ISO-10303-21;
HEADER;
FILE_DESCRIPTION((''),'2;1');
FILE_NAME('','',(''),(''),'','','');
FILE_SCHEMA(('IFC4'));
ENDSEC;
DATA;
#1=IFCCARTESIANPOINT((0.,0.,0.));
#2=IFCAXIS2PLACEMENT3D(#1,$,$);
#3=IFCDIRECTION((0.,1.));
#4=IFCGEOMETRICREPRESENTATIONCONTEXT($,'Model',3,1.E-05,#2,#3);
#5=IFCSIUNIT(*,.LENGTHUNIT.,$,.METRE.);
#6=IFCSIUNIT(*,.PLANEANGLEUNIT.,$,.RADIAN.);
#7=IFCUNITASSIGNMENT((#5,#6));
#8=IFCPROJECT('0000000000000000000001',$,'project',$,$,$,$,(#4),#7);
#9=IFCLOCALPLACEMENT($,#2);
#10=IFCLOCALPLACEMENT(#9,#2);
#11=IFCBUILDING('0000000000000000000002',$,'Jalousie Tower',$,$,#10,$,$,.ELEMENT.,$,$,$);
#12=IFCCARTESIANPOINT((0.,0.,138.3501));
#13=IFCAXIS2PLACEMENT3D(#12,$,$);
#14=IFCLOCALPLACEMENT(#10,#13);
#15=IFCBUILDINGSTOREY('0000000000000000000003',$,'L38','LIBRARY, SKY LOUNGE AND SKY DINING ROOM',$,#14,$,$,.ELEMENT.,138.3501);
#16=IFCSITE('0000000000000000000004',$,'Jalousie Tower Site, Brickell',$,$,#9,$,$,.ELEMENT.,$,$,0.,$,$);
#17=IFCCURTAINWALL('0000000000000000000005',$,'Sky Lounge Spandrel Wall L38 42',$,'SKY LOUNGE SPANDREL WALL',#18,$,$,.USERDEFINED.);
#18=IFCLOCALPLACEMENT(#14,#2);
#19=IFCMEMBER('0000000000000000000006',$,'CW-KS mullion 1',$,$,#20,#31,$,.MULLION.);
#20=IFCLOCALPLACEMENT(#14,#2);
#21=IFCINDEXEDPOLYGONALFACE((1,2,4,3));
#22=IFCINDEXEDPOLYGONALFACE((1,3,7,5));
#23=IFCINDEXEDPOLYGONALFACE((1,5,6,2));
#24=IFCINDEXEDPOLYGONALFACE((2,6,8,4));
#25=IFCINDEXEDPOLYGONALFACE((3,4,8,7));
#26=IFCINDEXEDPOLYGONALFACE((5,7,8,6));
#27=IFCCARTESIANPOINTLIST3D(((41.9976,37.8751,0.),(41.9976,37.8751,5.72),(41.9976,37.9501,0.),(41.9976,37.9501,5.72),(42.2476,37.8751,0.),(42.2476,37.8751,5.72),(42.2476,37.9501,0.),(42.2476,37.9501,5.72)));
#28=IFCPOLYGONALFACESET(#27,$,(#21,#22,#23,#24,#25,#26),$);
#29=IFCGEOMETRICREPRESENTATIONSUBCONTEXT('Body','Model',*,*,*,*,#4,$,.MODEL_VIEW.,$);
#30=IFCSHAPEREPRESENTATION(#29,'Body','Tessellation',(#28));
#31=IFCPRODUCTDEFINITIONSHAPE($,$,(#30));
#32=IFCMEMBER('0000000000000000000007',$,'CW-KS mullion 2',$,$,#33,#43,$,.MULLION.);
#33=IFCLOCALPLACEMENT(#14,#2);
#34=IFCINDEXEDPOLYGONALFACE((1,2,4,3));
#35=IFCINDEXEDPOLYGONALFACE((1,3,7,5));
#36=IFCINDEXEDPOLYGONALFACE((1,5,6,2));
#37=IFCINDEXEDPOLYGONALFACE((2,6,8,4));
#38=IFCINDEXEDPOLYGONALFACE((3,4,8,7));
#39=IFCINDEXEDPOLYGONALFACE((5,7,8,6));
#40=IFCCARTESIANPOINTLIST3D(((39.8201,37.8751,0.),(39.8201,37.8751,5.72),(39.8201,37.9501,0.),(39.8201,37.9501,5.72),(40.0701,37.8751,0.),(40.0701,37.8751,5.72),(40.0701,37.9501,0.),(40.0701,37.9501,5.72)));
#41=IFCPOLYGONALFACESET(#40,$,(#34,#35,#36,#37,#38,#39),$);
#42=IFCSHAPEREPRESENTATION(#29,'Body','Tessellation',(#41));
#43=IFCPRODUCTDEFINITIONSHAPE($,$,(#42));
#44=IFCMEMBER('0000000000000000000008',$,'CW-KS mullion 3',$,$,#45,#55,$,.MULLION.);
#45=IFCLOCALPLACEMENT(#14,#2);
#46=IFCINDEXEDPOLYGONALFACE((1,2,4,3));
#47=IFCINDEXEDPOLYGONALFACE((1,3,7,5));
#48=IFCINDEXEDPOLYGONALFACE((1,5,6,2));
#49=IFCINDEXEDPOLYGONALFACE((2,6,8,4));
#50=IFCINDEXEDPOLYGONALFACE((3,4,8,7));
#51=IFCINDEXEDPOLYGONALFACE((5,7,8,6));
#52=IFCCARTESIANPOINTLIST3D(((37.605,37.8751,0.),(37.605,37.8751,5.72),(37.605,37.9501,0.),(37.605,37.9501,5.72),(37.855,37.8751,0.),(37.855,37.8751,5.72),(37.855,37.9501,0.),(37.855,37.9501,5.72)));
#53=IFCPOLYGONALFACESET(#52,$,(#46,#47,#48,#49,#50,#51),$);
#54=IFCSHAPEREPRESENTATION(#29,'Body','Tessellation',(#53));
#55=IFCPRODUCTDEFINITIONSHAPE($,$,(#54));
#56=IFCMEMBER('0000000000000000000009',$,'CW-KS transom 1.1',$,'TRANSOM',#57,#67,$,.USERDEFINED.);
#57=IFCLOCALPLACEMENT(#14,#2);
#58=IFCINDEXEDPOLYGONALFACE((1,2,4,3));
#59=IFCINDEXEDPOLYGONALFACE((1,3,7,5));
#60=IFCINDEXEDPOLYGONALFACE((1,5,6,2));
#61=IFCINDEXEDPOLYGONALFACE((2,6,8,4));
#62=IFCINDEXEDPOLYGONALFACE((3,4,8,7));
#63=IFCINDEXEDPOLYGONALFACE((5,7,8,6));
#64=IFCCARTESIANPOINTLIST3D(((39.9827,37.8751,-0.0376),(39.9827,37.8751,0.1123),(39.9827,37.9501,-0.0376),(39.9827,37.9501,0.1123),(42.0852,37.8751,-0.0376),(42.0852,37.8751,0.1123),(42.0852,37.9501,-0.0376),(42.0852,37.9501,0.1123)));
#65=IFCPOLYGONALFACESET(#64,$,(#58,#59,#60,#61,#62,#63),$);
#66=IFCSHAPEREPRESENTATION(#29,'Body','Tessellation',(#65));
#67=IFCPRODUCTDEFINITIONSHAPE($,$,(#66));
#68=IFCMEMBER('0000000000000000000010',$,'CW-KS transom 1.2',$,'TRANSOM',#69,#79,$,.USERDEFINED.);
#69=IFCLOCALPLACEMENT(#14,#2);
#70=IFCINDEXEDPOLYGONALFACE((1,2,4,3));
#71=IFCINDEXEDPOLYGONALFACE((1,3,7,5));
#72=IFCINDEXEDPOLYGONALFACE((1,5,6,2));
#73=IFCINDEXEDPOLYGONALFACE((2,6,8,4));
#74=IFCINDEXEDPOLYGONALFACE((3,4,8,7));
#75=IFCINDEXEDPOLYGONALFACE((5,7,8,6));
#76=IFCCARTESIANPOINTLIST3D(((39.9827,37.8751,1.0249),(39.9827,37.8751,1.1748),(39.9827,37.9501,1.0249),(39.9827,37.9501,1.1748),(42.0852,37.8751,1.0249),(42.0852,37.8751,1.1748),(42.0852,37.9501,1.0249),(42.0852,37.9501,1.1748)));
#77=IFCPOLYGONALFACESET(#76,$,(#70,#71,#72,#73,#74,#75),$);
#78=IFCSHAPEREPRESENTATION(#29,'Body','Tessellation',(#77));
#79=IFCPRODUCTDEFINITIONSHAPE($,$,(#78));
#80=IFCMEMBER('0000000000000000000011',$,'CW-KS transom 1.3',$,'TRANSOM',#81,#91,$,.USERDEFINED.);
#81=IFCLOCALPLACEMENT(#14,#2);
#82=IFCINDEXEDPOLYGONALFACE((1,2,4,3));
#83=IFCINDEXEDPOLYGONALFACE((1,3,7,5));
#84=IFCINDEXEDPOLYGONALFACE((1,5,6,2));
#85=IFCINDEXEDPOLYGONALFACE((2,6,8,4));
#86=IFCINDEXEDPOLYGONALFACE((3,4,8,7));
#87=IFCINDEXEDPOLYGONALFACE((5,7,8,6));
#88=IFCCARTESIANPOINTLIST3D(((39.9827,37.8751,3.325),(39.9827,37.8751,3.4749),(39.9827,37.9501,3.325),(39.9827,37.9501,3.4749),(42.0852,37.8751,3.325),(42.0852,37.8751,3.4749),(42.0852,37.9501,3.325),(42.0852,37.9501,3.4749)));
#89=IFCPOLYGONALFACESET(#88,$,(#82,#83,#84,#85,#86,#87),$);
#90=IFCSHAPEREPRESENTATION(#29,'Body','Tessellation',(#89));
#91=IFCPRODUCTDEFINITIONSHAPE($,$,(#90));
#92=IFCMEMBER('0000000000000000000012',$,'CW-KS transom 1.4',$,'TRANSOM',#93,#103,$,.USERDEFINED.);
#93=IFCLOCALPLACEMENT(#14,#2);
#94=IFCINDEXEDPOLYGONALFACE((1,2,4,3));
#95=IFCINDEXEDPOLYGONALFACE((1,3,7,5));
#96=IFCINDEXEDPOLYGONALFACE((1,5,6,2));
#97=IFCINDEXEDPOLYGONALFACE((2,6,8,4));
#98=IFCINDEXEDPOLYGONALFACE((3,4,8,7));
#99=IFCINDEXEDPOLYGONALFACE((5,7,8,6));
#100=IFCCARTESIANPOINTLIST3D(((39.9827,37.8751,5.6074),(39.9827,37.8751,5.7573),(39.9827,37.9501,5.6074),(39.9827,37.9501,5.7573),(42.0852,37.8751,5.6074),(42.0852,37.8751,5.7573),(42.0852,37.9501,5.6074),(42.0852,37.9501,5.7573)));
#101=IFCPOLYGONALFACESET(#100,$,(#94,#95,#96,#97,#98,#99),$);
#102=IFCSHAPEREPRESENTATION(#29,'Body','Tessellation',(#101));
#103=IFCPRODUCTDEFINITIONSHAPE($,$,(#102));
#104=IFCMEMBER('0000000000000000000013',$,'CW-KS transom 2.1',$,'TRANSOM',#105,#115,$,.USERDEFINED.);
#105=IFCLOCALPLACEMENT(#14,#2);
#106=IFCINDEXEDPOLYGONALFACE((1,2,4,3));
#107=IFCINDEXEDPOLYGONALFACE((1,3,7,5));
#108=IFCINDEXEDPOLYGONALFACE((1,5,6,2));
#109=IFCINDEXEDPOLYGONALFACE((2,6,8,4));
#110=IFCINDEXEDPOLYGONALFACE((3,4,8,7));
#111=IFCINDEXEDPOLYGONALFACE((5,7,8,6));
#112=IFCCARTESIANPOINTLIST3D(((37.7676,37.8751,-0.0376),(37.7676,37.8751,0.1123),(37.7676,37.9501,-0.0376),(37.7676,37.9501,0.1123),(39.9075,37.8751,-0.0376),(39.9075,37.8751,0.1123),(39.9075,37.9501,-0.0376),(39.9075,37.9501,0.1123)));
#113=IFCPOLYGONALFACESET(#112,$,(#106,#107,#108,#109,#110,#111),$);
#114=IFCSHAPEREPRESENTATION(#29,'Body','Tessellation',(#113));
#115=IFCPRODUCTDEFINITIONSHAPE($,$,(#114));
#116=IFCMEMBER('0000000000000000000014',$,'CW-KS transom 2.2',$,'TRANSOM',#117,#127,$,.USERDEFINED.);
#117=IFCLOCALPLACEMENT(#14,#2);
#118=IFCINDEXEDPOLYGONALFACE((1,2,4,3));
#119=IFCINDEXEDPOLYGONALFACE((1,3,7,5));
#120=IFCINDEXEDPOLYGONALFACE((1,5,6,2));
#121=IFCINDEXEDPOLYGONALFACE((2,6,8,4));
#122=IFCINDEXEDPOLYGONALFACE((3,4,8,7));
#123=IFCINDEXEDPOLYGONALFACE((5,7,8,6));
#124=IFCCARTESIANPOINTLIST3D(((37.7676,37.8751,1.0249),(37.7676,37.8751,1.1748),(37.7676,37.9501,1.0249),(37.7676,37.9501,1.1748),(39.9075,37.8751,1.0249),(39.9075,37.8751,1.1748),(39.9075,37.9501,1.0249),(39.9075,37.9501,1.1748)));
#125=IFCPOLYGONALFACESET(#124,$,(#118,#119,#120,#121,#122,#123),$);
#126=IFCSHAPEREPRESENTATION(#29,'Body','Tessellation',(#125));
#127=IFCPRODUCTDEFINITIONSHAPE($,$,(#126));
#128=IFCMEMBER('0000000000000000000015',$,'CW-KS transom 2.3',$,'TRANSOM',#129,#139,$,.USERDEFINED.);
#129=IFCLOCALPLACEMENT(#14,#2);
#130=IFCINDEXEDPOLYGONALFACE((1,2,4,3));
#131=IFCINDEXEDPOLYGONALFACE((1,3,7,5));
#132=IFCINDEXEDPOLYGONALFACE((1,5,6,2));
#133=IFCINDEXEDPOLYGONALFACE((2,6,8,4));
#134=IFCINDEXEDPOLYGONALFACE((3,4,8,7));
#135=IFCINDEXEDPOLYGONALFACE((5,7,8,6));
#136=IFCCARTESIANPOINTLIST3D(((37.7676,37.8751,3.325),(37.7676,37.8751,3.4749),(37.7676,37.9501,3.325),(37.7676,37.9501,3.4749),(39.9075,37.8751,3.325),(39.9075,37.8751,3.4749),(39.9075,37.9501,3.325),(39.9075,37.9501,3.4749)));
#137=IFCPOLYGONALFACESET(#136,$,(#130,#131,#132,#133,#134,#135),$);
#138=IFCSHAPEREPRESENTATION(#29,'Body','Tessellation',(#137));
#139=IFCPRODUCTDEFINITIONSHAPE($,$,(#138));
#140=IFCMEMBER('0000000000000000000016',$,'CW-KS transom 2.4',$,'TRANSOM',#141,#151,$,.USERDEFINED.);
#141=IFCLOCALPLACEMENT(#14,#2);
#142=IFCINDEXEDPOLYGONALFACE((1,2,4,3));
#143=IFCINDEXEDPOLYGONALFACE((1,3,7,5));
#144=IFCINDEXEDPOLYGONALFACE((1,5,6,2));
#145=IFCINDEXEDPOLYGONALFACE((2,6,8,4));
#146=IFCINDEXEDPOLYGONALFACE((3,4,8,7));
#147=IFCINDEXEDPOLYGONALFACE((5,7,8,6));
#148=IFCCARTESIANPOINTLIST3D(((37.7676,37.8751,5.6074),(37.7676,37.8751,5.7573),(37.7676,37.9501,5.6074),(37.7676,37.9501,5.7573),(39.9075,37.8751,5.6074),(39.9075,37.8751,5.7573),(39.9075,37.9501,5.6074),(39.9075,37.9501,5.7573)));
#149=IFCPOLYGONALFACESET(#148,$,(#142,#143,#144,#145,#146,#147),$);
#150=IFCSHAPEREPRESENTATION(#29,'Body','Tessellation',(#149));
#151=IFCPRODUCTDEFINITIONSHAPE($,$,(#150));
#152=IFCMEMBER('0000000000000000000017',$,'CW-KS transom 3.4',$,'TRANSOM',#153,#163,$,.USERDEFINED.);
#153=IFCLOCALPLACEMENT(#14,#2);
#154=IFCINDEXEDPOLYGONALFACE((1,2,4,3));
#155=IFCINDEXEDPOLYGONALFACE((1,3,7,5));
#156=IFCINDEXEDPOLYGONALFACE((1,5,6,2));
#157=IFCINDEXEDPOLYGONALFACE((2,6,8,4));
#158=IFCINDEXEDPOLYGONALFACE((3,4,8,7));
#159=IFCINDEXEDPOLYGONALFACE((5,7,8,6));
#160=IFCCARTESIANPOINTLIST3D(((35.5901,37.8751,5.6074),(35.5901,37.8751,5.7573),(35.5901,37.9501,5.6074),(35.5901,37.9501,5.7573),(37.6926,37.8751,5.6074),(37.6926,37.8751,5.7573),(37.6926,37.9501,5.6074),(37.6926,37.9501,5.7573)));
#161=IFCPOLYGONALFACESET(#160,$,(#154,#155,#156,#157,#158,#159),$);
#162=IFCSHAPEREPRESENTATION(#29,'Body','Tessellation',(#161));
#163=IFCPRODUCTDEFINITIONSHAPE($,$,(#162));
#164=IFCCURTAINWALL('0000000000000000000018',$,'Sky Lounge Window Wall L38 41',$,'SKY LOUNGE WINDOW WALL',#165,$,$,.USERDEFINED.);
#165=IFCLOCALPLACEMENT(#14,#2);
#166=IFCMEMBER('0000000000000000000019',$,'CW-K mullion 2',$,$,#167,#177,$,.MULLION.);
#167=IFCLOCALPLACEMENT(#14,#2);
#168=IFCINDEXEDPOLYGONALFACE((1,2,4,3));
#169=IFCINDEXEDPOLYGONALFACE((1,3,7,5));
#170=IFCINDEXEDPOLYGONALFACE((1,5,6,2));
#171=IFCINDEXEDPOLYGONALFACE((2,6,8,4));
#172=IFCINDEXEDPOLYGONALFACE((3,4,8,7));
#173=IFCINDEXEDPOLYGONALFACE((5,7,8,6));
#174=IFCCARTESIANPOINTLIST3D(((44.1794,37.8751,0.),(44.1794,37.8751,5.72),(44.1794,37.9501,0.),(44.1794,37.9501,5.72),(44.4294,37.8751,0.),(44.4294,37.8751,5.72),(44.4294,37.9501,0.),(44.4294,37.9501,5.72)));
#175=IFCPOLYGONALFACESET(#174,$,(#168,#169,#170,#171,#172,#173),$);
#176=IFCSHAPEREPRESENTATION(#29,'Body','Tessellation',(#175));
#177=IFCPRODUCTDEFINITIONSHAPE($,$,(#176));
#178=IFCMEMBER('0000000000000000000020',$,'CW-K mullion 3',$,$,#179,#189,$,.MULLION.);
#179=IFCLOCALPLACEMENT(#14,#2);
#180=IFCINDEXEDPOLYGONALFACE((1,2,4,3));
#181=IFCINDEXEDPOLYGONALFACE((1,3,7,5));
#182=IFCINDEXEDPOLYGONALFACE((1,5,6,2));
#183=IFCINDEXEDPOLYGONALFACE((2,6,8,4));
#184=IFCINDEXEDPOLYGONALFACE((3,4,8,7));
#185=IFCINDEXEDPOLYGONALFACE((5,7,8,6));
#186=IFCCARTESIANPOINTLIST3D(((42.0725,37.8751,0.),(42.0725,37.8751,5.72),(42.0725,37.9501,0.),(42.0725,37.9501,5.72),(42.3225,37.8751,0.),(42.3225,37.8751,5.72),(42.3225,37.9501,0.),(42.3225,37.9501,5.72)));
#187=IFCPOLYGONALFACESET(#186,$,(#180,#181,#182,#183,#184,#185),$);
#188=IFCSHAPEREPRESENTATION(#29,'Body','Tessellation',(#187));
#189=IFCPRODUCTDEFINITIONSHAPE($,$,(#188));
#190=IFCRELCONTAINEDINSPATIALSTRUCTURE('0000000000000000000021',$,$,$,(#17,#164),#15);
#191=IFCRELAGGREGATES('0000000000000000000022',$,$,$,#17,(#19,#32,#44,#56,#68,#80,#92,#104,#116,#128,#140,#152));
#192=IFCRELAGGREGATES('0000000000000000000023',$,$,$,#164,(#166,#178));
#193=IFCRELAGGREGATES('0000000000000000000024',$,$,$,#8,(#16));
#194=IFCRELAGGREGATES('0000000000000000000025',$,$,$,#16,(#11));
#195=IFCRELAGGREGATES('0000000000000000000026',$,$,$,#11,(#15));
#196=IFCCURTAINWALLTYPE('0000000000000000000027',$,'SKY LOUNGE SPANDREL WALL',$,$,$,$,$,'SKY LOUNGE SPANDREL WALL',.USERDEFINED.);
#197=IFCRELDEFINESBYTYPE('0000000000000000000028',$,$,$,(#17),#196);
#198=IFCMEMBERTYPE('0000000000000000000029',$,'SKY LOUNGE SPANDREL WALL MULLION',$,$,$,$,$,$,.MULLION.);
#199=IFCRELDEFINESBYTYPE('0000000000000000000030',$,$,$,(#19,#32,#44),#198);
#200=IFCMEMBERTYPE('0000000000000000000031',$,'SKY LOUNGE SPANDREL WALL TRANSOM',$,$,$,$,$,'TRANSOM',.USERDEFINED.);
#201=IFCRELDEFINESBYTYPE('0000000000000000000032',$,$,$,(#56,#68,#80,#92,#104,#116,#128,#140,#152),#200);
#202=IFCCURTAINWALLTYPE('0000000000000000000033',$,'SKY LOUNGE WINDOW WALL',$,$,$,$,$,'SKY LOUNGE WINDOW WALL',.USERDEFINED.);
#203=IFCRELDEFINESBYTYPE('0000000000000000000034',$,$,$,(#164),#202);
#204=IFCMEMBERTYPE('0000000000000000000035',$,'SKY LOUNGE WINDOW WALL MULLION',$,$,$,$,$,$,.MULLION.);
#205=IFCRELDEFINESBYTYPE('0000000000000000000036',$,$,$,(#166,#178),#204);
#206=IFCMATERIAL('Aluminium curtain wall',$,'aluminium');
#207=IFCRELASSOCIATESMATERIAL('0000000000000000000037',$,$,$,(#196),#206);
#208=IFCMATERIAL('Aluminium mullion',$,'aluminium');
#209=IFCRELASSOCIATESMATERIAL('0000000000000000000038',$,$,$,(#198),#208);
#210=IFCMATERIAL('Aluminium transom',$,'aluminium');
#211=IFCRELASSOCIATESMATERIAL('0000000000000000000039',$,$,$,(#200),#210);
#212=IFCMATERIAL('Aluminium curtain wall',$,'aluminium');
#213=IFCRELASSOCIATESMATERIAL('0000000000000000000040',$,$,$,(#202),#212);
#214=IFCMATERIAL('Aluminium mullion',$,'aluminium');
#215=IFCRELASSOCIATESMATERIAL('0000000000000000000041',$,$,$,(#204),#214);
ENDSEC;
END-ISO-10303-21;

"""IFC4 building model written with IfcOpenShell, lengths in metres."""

from ifc_helpers import new_model, si_unit, direction, frame, origin, origin_2d, place, context, subcontext, project, spatial, rectangle, extrude, material, material_profile, profile_set, type_object, element, aggregate, save


model = new_model("IFC4")

# Units and contexts
model_context = context("Model", 3, precision=1e-05, world=origin(), true_north=direction((0.0, 1.0)))
body_context = subcontext(model_context, "Body", "Model", "MODEL_VIEW")
ifc_project = project(units=[si_unit("LENGTHUNIT", "METRE"), si_unit("PLANEANGLEUNIT", "RADIAN")], contexts=[model_context])

# Site, building, storey
site_placement = place(None, origin())
site = spatial("IfcSite", under=ifc_project, at=site_placement, Name="Jalousie Tower Site, Brickell", CompositionType="ELEMENT", RefElevation=0.0)
building_placement = place(site_placement, origin())
building = spatial("IfcBuilding", under=site, at=building_placement, Name="Jalousie Tower", CompositionType="ELEMENT")
storey_placement = place(building_placement, frame((0.0, 0.0, 138.3501)))
storey = spatial("IfcBuildingStorey", under=building, at=storey_placement, Name="L38", Description="LIBRARY, SKY LOUNGE AND SKY DINING ROOM", CompositionType="ELEMENT", Elevation=138.3501)

# Curtain walls, members
ifc_material_1 = material(Name="Aluminium curtain wall", Category="aluminium")
curtain_wall_type_1 = type_object("IfcCurtainWallType", Name="SKY LOUNGE SPANDREL WALL", ElementType="SKY LOUNGE SPANDREL WALL", PredefinedType="USERDEFINED", material=ifc_material_1)
curtain_wall_1_placement = place(storey_placement, origin())
curtain_wall_1 = element("IfcCurtainWall", 1, at=curtain_wall_1_placement, inside=storey, type_object=curtain_wall_type_1, Name="Sky Lounge Spandrel Wall L38 42", ObjectType="SKY LOUNGE SPANDREL WALL", PredefinedType="USERDEFINED")
ifc_material_2 = material(Name="Aluminium mullion", Category="aluminium")
ifc_material_profile_1 = material_profile(ifc_material_2, rectangle(XDim=0.075, YDim=0.25, at=origin_2d()), Name="MULLION 75x250")
ifc_profile_set_1 = profile_set([ifc_material_profile_1], Name="Aluminium mullion")
member_type_1 = type_object("IfcMemberType", Name="SKY LOUNGE SPANDREL WALL MULLION", PredefinedType="MULLION", material=ifc_profile_set_1)
member_1_placement = place(storey_placement, frame((42.1226, 37.9126, 0.0), z_axis=(0.0, 0.0, 1.0), x_axis=(0.0, -1.0, 0.0)))
member_1 = element("IfcMember", 2, at=member_1_placement, type_object=member_type_1, Name="CW-KS mullion 1", PredefinedType="MULLION", context=body_context, shape_type="SweptSolid", body=[
    extrude(rectangle(XDim=0.075, YDim=0.25, at=origin_2d()), origin(), (0.0, 0.0, 1.0), 5.72),
])
member_2_placement = place(storey_placement, frame((39.9451, 37.9126, 0.0), z_axis=(0.0, 0.0, 1.0), x_axis=(0.0, -1.0, 0.0)))
member_2 = element("IfcMember", 3, at=member_2_placement, type_object=member_type_1, Name="CW-KS mullion 2", PredefinedType="MULLION", context=body_context, shape_type="SweptSolid", body=[
    extrude(rectangle(XDim=0.075, YDim=0.25, at=origin_2d()), origin(), (0.0, 0.0, 1.0), 5.72),
])
member_3_placement = place(storey_placement, frame((37.73, 37.9126, 0.0), z_axis=(0.0, 0.0, 1.0), x_axis=(0.0, -1.0, 0.0)))
member_3 = element("IfcMember", 4, at=member_3_placement, type_object=member_type_1, Name="CW-KS mullion 3", PredefinedType="MULLION", context=body_context, shape_type="SweptSolid", body=[
    extrude(rectangle(XDim=0.075, YDim=0.25, at=origin_2d()), origin(), (0.0, 0.0, 1.0), 5.72),
])
ifc_material_3 = material(Name="Aluminium transom", Category="aluminium")
ifc_material_profile_2 = material_profile(ifc_material_3, rectangle(XDim=0.075, YDim=0.1499, at=origin_2d()), Name="TRANSOM 75x150")
ifc_profile_set_2 = profile_set([ifc_material_profile_2], Name="Aluminium transom")
member_type_2 = type_object("IfcMemberType", Name="SKY LOUNGE SPANDREL WALL TRANSOM", ElementType="TRANSOM", PredefinedType="USERDEFINED", material=ifc_profile_set_2)
member_4_placement = place(storey_placement, frame((42.0852, 37.9126, 0.0374), z_axis=(-1.0, 0.0, 0.0), x_axis=(0.0, -1.0, 0.0)))
member_4 = element("IfcMember", 5, at=member_4_placement, type_object=member_type_2, Name="CW-KS transom 1.1", ObjectType="TRANSOM", PredefinedType="USERDEFINED", context=body_context, shape_type="SweptSolid", body=[
    extrude(rectangle(XDim=0.075, YDim=0.1499, at=origin_2d()), origin(), (0.0, 0.0, 1.0), 2.1025),
])
member_5_placement = place(storey_placement, frame((42.0852, 37.9126, 1.0999), z_axis=(-1.0, 0.0, 0.0), x_axis=(0.0, -1.0, 0.0)))
member_5 = element("IfcMember", 6, at=member_5_placement, type_object=member_type_2, Name="CW-KS transom 1.2", ObjectType="TRANSOM", PredefinedType="USERDEFINED", context=body_context, shape_type="SweptSolid", body=[
    extrude(rectangle(XDim=0.075, YDim=0.1499, at=origin_2d()), origin(), (0.0, 0.0, 1.0), 2.1025),
])
member_6_placement = place(storey_placement, frame((42.0852, 37.9126, 3.3999), z_axis=(-1.0, 0.0, 0.0), x_axis=(0.0, -1.0, 0.0)))
member_6 = element("IfcMember", 7, at=member_6_placement, type_object=member_type_2, Name="CW-KS transom 1.3", ObjectType="TRANSOM", PredefinedType="USERDEFINED", context=body_context, shape_type="SweptSolid", body=[
    extrude(rectangle(XDim=0.075, YDim=0.1499, at=origin_2d()), origin(), (0.0, 0.0, 1.0), 2.1025),
])
member_7_placement = place(storey_placement, frame((42.0852, 37.9126, 5.6824), z_axis=(-1.0, 0.0, 0.0), x_axis=(0.0, -1.0, 0.0)))
member_7 = element("IfcMember", 8, at=member_7_placement, type_object=member_type_2, Name="CW-KS transom 1.4", ObjectType="TRANSOM", PredefinedType="USERDEFINED", context=body_context, shape_type="SweptSolid", body=[
    extrude(rectangle(XDim=0.075, YDim=0.1499, at=origin_2d()), origin(), (0.0, 0.0, 1.0), 2.1025),
])
member_8_placement = place(storey_placement, frame((39.9075, 37.9126, 0.0374), z_axis=(-1.0, 0.0, 0.0), x_axis=(0.0, -1.0, 0.0)))
member_8 = element("IfcMember", 9, at=member_8_placement, type_object=member_type_2, Name="CW-KS transom 2.1", ObjectType="TRANSOM", PredefinedType="USERDEFINED", context=body_context, shape_type="SweptSolid", body=[
    extrude(rectangle(XDim=0.075, YDim=0.1499, at=origin_2d()), origin(), (0.0, 0.0, 1.0), 2.1399),
])
member_9_placement = place(storey_placement, frame((39.9075, 37.9126, 1.0999), z_axis=(-1.0, 0.0, 0.0), x_axis=(0.0, -1.0, 0.0)))
member_9 = element("IfcMember", 10, at=member_9_placement, type_object=member_type_2, Name="CW-KS transom 2.2", ObjectType="TRANSOM", PredefinedType="USERDEFINED", context=body_context, shape_type="SweptSolid", body=[
    extrude(rectangle(XDim=0.075, YDim=0.1499, at=origin_2d()), origin(), (0.0, 0.0, 1.0), 2.1399),
])
member_10_placement = place(storey_placement, frame((39.9075, 37.9126, 3.3999), z_axis=(-1.0, 0.0, 0.0), x_axis=(0.0, -1.0, 0.0)))
member_10 = element("IfcMember", 11, at=member_10_placement, type_object=member_type_2, Name="CW-KS transom 2.3", ObjectType="TRANSOM", PredefinedType="USERDEFINED", context=body_context, shape_type="SweptSolid", body=[
    extrude(rectangle(XDim=0.075, YDim=0.1499, at=origin_2d()), origin(), (0.0, 0.0, 1.0), 2.1399),
])
member_11_placement = place(storey_placement, frame((39.9075, 37.9126, 5.6824), z_axis=(-1.0, 0.0, 0.0), x_axis=(0.0, -1.0, 0.0)))
member_11 = element("IfcMember", 12, at=member_11_placement, type_object=member_type_2, Name="CW-KS transom 2.4", ObjectType="TRANSOM", PredefinedType="USERDEFINED", context=body_context, shape_type="SweptSolid", body=[
    extrude(rectangle(XDim=0.075, YDim=0.1499, at=origin_2d()), origin(), (0.0, 0.0, 1.0), 2.1399),
])
member_12_placement = place(storey_placement, frame((37.6926, 37.9126, 5.6824), z_axis=(-1.0, 0.0, 0.0), x_axis=(0.0, -1.0, 0.0)))
member_12 = element("IfcMember", 13, at=member_12_placement, type_object=member_type_2, Name="CW-KS transom 3.4", ObjectType="TRANSOM", PredefinedType="USERDEFINED", context=body_context, shape_type="SweptSolid", body=[
    extrude(rectangle(XDim=0.075, YDim=0.1499, at=origin_2d()), origin(), (0.0, 0.0, 1.0), 2.1025),
])
ifc_material_4 = material(Name="Aluminium curtain wall", Category="aluminium")
curtain_wall_type_2 = type_object("IfcCurtainWallType", Name="SKY LOUNGE WINDOW WALL", ElementType="SKY LOUNGE WINDOW WALL", PredefinedType="USERDEFINED", material=ifc_material_4)
curtain_wall_2_placement = place(storey_placement, origin())
curtain_wall_2 = element("IfcCurtainWall", 14, at=curtain_wall_2_placement, inside=storey, type_object=curtain_wall_type_2, Name="Sky Lounge Window Wall L38 41", ObjectType="SKY LOUNGE WINDOW WALL", PredefinedType="USERDEFINED")
ifc_material_5 = material(Name="Aluminium mullion", Category="aluminium")
ifc_material_profile_3 = material_profile(ifc_material_5, rectangle(XDim=0.075, YDim=0.25, at=origin_2d()), Name="MULLION 75x250")
ifc_profile_set_3 = profile_set([ifc_material_profile_3], Name="Aluminium mullion")
member_type_3 = type_object("IfcMemberType", Name="SKY LOUNGE WINDOW WALL MULLION", PredefinedType="MULLION", material=ifc_profile_set_3)
member_13_placement = place(storey_placement, frame((44.3044, 37.9126, 0.0), z_axis=(0.0, 0.0, 1.0), x_axis=(0.0, -1.0, 0.0)))
member_13 = element("IfcMember", 15, at=member_13_placement, type_object=member_type_3, Name="CW-K mullion 2", PredefinedType="MULLION", context=body_context, shape_type="SweptSolid", body=[
    extrude(rectangle(XDim=0.075, YDim=0.25, at=origin_2d()), origin(), (0.0, 0.0, 1.0), 5.72),
])
member_14_placement = place(storey_placement, frame((42.1975, 37.9126, 0.0), z_axis=(0.0, 0.0, 1.0), x_axis=(0.0, -1.0, 0.0)))
member_14 = element("IfcMember", 16, at=member_14_placement, type_object=member_type_3, Name="CW-K mullion 3", PredefinedType="MULLION", context=body_context, shape_type="SweptSolid", body=[
    extrude(rectangle(XDim=0.075, YDim=0.25, at=origin_2d()), origin(), (0.0, 0.0, 1.0), 5.72),
])

aggregate(curtain_wall_1, [member_1, member_2, member_3, member_4, member_5, member_6, member_7, member_8, member_9, member_10, member_11, member_12])
aggregate(curtain_wall_2, [member_13, member_14])

save(model, "model.ifc")
